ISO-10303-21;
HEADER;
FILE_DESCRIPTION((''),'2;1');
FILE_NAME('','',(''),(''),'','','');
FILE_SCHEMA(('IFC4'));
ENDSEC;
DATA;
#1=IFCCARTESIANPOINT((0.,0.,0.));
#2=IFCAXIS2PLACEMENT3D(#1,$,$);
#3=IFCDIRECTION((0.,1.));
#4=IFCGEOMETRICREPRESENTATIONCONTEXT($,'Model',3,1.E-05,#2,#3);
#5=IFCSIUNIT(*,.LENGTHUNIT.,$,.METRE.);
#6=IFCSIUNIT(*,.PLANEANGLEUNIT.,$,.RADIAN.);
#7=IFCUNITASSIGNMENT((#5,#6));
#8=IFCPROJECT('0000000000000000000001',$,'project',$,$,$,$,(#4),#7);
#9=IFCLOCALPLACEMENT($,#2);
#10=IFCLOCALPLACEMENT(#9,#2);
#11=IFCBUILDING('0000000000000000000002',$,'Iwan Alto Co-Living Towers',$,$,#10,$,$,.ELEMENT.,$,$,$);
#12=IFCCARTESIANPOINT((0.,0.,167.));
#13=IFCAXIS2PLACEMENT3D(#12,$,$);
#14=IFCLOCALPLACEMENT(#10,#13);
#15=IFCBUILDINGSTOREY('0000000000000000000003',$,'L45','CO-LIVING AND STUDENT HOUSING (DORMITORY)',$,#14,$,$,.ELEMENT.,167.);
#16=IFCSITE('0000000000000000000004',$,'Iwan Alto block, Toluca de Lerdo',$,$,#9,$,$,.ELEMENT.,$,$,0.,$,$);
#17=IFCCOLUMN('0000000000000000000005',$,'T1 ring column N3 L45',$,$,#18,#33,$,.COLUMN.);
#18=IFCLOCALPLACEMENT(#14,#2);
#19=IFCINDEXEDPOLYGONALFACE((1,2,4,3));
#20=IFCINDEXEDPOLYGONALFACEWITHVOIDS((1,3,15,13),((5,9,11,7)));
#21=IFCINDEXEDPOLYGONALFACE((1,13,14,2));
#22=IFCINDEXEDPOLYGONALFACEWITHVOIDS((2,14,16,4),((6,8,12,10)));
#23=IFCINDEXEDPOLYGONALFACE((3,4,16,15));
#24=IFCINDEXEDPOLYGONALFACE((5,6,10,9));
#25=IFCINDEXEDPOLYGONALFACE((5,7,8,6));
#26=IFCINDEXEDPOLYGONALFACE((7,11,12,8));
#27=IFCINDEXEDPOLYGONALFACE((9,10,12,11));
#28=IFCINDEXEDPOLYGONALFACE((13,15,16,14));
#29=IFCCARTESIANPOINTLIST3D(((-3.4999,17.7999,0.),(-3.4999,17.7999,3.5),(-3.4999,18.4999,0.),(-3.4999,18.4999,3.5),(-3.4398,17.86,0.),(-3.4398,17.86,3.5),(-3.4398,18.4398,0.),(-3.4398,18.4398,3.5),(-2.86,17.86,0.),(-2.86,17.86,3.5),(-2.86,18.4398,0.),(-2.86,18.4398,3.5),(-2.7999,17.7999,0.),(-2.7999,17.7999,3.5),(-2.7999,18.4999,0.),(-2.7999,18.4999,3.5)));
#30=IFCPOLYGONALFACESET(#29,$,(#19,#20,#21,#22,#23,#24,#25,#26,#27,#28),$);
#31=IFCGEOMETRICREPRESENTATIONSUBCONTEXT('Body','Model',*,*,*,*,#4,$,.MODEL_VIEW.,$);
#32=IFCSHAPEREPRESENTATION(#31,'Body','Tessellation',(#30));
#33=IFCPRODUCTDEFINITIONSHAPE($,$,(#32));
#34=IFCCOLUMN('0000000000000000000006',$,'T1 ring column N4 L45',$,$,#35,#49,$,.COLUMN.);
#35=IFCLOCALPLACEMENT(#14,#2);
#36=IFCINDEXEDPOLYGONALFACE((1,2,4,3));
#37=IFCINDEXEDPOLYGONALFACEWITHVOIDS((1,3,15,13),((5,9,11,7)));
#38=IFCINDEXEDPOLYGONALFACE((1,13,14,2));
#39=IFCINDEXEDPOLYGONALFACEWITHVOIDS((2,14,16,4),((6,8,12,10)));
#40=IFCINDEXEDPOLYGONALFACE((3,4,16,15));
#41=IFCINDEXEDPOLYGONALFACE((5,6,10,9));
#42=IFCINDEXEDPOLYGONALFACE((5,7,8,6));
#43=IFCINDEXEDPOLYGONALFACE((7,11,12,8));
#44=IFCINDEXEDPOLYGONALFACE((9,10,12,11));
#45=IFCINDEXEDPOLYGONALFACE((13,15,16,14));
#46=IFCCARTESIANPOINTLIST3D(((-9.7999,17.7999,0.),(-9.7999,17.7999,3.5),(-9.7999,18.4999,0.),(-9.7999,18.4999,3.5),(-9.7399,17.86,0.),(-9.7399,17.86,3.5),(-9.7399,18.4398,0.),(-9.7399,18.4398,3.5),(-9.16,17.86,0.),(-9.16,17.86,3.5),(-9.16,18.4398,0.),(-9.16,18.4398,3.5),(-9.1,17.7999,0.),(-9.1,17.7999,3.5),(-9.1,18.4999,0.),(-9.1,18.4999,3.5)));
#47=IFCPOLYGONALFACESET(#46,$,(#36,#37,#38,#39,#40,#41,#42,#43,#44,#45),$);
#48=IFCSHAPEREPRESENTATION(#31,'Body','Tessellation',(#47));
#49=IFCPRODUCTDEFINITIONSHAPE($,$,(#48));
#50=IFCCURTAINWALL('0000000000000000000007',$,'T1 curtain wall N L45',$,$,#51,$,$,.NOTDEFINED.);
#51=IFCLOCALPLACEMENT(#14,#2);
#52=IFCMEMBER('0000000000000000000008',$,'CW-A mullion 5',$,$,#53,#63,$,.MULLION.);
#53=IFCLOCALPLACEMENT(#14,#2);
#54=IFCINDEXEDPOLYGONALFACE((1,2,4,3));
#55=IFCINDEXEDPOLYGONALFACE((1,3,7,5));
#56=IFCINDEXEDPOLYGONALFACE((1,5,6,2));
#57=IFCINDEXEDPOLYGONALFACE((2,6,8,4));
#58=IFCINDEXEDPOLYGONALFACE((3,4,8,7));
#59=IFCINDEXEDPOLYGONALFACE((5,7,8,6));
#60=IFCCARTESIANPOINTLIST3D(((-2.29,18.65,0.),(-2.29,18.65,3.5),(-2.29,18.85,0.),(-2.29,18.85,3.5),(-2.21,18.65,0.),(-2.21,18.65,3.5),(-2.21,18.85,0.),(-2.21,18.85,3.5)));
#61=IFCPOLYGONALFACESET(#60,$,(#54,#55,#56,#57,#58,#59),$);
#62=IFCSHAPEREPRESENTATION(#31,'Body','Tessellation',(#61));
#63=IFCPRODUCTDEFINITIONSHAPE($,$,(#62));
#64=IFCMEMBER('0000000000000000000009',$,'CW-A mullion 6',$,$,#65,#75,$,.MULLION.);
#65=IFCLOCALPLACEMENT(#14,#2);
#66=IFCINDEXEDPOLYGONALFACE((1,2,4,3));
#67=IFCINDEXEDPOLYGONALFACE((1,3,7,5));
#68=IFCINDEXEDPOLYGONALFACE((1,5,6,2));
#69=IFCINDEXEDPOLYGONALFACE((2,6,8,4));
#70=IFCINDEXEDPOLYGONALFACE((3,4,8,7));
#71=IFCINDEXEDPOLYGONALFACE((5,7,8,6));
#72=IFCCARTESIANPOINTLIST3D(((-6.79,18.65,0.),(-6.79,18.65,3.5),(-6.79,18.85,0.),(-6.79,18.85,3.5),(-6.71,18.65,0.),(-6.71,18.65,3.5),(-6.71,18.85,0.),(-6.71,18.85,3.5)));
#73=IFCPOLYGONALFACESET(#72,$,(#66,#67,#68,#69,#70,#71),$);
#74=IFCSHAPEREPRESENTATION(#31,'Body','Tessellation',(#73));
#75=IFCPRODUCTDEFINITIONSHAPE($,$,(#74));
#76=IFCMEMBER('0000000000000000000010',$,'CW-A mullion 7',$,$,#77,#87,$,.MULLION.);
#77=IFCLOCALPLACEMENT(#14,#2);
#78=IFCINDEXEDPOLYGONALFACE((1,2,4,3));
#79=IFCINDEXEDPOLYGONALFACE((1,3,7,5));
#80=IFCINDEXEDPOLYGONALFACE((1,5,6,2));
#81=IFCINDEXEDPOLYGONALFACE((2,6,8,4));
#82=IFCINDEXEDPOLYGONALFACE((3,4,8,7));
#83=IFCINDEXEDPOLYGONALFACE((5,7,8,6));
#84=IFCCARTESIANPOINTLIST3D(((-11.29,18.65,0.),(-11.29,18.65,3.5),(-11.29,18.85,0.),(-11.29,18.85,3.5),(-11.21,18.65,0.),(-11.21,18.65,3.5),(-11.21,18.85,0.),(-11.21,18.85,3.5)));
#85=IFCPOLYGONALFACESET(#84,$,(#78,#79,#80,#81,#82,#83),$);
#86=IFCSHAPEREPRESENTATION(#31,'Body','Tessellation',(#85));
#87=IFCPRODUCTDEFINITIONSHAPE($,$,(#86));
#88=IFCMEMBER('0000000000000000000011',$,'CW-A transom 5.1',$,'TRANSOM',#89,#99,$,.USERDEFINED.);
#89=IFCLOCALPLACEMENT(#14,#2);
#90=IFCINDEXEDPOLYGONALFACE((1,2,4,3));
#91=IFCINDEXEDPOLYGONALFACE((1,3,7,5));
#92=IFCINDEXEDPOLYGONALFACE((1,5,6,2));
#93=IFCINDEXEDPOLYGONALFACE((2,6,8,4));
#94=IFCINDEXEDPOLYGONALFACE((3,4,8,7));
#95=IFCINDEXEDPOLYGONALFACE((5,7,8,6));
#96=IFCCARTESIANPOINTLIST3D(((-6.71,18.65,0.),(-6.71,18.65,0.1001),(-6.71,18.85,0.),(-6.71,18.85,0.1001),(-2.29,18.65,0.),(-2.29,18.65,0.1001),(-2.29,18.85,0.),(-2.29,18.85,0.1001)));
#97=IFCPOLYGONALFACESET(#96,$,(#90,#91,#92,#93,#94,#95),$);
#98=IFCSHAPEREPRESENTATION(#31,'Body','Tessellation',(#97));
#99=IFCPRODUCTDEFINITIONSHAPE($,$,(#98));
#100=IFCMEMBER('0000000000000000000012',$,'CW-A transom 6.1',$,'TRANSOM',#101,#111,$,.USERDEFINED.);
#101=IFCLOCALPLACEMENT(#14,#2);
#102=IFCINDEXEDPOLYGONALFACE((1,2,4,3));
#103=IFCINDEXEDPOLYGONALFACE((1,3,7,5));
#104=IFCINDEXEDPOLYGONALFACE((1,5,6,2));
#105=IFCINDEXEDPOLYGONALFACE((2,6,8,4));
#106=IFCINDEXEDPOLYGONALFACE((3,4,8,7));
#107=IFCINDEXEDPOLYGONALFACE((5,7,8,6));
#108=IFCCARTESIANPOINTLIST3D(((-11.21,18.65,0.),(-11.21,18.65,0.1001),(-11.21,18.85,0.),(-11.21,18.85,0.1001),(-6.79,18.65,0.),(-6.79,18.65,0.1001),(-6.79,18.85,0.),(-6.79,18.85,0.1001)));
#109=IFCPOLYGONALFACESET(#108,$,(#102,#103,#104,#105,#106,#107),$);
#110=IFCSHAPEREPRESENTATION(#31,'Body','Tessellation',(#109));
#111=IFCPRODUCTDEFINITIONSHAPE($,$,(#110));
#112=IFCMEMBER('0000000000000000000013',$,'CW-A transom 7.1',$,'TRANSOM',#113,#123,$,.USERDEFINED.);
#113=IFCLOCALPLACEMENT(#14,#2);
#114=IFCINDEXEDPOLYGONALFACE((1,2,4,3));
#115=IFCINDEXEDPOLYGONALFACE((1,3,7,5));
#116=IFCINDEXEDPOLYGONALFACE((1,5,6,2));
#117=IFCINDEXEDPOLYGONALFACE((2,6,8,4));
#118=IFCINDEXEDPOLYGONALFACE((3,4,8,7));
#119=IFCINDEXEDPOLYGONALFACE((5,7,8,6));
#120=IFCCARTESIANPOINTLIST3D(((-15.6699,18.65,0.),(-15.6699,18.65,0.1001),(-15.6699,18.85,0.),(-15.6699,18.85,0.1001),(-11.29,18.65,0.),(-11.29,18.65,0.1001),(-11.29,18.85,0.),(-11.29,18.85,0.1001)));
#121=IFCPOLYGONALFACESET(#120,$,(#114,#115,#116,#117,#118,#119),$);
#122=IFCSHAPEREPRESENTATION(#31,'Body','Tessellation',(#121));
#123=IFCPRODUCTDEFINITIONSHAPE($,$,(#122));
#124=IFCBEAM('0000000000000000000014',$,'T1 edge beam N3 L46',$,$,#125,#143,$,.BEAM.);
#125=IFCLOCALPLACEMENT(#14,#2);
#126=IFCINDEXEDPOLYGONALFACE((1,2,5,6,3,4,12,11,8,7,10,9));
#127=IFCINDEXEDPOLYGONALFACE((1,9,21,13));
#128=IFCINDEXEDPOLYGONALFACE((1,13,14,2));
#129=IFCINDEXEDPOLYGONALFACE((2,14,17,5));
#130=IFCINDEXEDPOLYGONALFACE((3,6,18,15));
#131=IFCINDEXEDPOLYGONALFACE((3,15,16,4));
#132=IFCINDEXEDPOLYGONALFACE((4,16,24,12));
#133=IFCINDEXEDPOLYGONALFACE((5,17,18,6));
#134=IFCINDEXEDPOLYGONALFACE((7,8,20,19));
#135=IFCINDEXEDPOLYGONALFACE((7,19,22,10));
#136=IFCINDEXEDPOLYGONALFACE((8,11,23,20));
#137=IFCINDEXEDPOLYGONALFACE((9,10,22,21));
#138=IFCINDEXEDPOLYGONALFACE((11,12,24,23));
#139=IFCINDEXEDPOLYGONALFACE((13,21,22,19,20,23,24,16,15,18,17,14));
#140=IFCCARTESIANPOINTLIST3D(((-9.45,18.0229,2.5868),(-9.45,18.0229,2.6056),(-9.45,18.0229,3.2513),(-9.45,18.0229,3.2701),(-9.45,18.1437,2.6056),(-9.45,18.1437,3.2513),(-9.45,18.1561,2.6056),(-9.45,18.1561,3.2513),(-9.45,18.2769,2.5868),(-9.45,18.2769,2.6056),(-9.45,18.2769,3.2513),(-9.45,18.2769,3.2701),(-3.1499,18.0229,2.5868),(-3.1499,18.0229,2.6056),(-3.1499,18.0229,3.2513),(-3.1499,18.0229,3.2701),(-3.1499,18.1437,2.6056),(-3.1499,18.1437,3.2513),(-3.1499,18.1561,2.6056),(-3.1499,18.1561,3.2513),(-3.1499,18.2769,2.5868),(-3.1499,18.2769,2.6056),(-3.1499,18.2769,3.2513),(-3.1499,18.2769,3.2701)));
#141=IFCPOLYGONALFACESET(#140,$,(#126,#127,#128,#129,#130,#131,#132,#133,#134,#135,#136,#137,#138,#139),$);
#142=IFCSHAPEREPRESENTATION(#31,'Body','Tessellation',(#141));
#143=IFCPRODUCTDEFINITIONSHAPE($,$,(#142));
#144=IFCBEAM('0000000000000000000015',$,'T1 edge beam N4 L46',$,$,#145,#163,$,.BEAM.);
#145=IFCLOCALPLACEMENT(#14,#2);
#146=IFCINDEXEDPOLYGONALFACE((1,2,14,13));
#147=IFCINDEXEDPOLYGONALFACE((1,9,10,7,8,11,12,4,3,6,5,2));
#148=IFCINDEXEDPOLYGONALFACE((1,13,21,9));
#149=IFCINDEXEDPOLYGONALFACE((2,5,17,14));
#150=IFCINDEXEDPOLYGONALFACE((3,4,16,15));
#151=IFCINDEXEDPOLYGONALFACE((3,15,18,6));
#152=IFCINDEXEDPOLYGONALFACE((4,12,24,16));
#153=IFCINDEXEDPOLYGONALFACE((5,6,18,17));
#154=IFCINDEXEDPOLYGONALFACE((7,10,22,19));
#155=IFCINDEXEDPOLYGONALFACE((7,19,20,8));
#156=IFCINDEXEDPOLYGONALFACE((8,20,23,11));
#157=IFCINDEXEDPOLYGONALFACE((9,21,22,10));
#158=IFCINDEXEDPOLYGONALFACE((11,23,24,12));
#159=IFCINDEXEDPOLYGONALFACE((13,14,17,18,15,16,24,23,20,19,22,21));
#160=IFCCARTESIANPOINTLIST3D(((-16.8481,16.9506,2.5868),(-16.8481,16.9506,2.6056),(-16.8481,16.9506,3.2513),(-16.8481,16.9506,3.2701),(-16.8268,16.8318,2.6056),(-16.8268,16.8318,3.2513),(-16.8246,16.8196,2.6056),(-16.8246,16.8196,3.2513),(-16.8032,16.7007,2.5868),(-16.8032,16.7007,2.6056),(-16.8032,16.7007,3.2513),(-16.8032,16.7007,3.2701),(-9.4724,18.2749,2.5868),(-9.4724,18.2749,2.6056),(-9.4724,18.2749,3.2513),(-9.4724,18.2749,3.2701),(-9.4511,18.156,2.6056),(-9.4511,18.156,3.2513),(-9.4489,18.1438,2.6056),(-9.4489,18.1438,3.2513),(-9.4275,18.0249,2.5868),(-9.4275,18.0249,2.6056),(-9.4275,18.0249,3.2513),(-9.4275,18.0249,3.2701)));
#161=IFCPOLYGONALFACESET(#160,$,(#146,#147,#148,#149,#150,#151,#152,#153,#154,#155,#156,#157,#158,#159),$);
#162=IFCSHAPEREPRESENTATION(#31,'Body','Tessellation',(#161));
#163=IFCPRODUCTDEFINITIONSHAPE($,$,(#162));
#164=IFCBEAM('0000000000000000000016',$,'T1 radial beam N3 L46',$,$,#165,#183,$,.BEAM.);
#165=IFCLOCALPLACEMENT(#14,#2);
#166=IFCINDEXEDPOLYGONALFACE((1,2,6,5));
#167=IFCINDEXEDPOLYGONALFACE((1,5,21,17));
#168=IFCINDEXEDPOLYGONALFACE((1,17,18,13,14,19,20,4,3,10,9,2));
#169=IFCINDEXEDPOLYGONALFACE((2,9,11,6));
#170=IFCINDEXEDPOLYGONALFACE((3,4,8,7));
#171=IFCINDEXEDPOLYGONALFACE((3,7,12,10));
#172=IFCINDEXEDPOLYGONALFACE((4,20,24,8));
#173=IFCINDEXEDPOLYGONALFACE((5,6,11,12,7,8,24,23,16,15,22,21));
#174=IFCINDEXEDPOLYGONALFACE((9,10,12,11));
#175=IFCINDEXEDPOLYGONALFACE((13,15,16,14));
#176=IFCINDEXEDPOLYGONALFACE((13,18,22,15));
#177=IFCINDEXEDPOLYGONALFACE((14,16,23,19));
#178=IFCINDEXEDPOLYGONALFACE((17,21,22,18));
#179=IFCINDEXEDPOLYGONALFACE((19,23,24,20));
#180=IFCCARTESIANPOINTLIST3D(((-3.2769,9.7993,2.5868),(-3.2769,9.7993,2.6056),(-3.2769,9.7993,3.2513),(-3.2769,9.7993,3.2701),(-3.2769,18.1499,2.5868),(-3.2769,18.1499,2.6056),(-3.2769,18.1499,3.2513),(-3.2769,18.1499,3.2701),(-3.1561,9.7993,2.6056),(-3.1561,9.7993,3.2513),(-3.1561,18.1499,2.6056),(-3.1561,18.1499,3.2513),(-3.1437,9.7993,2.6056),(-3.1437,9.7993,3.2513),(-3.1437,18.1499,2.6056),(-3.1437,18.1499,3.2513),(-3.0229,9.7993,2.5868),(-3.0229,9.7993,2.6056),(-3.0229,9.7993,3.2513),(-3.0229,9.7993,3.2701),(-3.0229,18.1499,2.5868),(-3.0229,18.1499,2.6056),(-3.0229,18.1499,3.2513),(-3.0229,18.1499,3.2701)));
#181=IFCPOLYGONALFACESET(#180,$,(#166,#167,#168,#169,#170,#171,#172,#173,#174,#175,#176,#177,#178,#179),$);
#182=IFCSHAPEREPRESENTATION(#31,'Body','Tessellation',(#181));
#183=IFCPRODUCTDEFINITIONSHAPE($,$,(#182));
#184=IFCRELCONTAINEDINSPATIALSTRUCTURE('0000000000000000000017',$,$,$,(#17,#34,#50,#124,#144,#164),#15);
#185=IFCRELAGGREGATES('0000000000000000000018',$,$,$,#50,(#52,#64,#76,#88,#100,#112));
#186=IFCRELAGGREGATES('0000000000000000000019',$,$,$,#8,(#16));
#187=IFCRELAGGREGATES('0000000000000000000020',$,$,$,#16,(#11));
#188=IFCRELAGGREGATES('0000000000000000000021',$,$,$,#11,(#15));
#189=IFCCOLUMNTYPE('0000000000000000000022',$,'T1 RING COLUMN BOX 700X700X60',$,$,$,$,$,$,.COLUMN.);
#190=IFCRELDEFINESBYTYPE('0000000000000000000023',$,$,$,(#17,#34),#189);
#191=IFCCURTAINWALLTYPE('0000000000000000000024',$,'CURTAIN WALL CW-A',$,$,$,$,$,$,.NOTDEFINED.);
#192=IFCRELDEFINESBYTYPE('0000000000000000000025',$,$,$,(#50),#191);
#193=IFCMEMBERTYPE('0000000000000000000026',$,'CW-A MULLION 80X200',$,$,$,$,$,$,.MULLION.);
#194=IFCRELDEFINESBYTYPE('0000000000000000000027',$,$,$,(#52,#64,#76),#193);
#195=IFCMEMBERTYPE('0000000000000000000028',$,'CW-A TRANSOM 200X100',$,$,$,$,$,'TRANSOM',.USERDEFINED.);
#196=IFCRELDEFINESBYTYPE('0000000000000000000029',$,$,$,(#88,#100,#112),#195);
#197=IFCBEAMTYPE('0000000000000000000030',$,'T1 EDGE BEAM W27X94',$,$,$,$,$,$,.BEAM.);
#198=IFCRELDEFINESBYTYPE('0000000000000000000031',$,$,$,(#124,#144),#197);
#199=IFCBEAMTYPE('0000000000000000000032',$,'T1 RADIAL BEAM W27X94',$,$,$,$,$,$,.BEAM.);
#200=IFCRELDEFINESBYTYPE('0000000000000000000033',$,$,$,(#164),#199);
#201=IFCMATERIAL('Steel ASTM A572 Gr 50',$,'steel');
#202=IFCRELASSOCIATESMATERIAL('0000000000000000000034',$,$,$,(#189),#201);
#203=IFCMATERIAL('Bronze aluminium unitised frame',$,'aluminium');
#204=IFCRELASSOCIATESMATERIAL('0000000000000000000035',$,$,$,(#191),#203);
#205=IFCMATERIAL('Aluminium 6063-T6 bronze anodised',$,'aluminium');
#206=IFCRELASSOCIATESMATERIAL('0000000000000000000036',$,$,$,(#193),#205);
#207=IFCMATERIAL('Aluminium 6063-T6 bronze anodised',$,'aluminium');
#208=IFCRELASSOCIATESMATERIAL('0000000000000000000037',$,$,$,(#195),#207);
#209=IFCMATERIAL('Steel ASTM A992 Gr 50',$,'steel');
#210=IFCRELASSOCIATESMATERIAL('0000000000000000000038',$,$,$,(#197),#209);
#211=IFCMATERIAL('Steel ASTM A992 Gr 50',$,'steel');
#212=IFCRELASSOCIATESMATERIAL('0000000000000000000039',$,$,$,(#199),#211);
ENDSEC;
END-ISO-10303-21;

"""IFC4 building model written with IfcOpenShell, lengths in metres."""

from ifc_helpers import new_model, si_unit, direction, frame, origin, origin_2d, place, context, subcontext, project, spatial, rectangle, hollow_rectangle, i_section, extrude, material, material_profile, profile_set, type_object, element, aggregate, save


model = new_model("IFC4")

# Units and contexts
model_context = context("Model", 3, precision=1e-05, world=origin(), true_north=direction((0.0, 1.0)))
body_context = subcontext(model_context, "Body", "Model", "MODEL_VIEW")
ifc_project = project(units=[si_unit("LENGTHUNIT", "METRE"), si_unit("PLANEANGLEUNIT", "RADIAN")], contexts=[model_context])

# Site, building, storey
site_placement = place(None, origin())
site = spatial("IfcSite", under=ifc_project, at=site_placement, Name="Iwan Alto block, Toluca de Lerdo", CompositionType="ELEMENT", RefElevation=0.0)
building_placement = place(site_placement, origin())
building = spatial("IfcBuilding", under=site, at=building_placement, Name="Iwan Alto Co-Living Towers", CompositionType="ELEMENT")
storey_placement = place(building_placement, frame((0.0, 0.0, 167.0)))
storey = spatial("IfcBuildingStorey", under=building, at=storey_placement, Name="L45", Description="CO-LIVING AND STUDENT HOUSING (DORMITORY)", CompositionType="ELEMENT", Elevation=167.0)

# Columns
ifc_material_1 = material(Name="Steel ASTM A572 Gr 50", Category="steel")
ifc_material_profile_1 = material_profile(ifc_material_1, hollow_rectangle(XDim=0.7, YDim=0.7, WallThickness=0.0601, at=origin_2d()), Name="BOX 700X700X60")
ifc_profile_set_1 = profile_set([ifc_material_profile_1], Name="Steel ASTM A572 Gr 50")
column_type = type_object("IfcColumnType", Name="T1 RING COLUMN BOX 700X700X60", PredefinedType="COLUMN", material=ifc_profile_set_1)
for number, where, z_axis, x_axis, name in (
    (1, (-3.1499, 18.1499, 0.0), (0.0, 0.0, 1.0), (1.0, 0.0, 0.0), "T1 ring column N3 L45"),
    (2, (-9.45, 18.1499, 0.0), (0.0, 0.0, 1.0), (1.0, 0.0, 0.0), "T1 ring column N4 L45"),
):
    element("IfcColumn", number, at=place(storey_placement, frame(where, z_axis=z_axis, x_axis=x_axis)), inside=storey, type_object=column_type, Name=name, PredefinedType="COLUMN", context=body_context, shape_type="SweptSolid", body=[
        extrude(hollow_rectangle(XDim=0.7, YDim=0.7, WallThickness=0.0601, at=origin_2d()), origin(), (0.0, 0.0, 1.0), 3.5),
    ])

# Curtain wall, members
ifc_material_2 = material(Name="Bronze aluminium unitised frame", Category="aluminium")
curtain_wall_type = type_object("IfcCurtainWallType", Name="CURTAIN WALL CW-A", PredefinedType="NOTDEFINED", material=ifc_material_2)
curtain_wall_placement = place(storey_placement, origin())
curtain_wall = element("IfcCurtainWall", 3, at=curtain_wall_placement, inside=storey, type_object=curtain_wall_type, Name="T1 curtain wall N L45", PredefinedType="NOTDEFINED")
ifc_material_3 = material(Name="Aluminium 6063-T6 bronze anodised", Category="aluminium")
ifc_material_profile_2 = material_profile(ifc_material_3, rectangle(XDim=0.2, YDim=0.0801, at=origin_2d()), Name="AL 80X200")
ifc_profile_set_2 = profile_set([ifc_material_profile_2], Name="Aluminium 6063-T6 bronze anodised")
member_type_1 = type_object("IfcMemberType", Name="CW-A MULLION 80X200", PredefinedType="MULLION", material=ifc_profile_set_2)
member_1_placement = place(storey_placement, frame((-2.25, 18.75, 0.0), z_axis=(0.0, 0.0, 1.0), x_axis=(0.0, -1.0, 0.0)))
member_1 = element("IfcMember", 4, at=member_1_placement, type_object=member_type_1, Name="CW-A mullion 5", PredefinedType="MULLION", context=body_context, shape_type="SweptSolid", body=[
    extrude(rectangle(XDim=0.2, YDim=0.0801, at=origin_2d()), origin(), (0.0, 0.0, 1.0), 3.5),
])
member_2_placement = place(storey_placement, frame((-6.75, 18.75, 0.0), z_axis=(0.0, 0.0, 1.0), x_axis=(0.0, -1.0, 0.0)))
member_2 = element("IfcMember", 5, at=member_2_placement, type_object=member_type_1, Name="CW-A mullion 6", PredefinedType="MULLION", context=body_context, shape_type="SweptSolid", body=[
    extrude(rectangle(XDim=0.2, YDim=0.0801, at=origin_2d()), origin(), (0.0, 0.0, 1.0), 3.5),
])
member_3_placement = place(storey_placement, frame((-11.25, 18.75, 0.0), z_axis=(0.0, 0.0, 1.0), x_axis=(0.0, -1.0, 0.0)))
member_3 = element("IfcMember", 6, at=member_3_placement, type_object=member_type_1, Name="CW-A mullion 7", PredefinedType="MULLION", context=body_context, shape_type="SweptSolid", body=[
    extrude(rectangle(XDim=0.2, YDim=0.0801, at=origin_2d()), origin(), (0.0, 0.0, 1.0), 3.5),
])
ifc_material_4 = material(Name="Aluminium 6063-T6 bronze anodised", Category="aluminium")
ifc_material_profile_3 = material_profile(ifc_material_4, rectangle(XDim=0.2, YDim=0.1001, at=origin_2d()), Name="AL 200X100")
ifc_profile_set_3 = profile_set([ifc_material_profile_3], Name="Aluminium 6063-T6 bronze anodised")
member_type_2 = type_object("IfcMemberType", Name="CW-A TRANSOM 200X100", ElementType="TRANSOM", PredefinedType="USERDEFINED", material=ifc_profile_set_3)
member_4_placement = place(storey_placement, frame((-2.29, 18.75, 0.05), z_axis=(-1.0, 0.0, 0.0), x_axis=(0.0, -1.0, 0.0)))
member_4 = element("IfcMember", 7, at=member_4_placement, type_object=member_type_2, Name="CW-A transom 5.1", ObjectType="TRANSOM", PredefinedType="USERDEFINED", context=body_context, shape_type="SweptSolid", body=[
    extrude(rectangle(XDim=0.2, YDim=0.1001, at=origin_2d()), origin(), (0.0, 0.0, 1.0), 4.4199),
])
member_5_placement = place(storey_placement, frame((-6.79, 18.75, 0.05), z_axis=(-1.0, 0.0, 0.0), x_axis=(0.0, -1.0, 0.0)))
member_5 = element("IfcMember", 8, at=member_5_placement, type_object=member_type_2, Name="CW-A transom 6.1", ObjectType="TRANSOM", PredefinedType="USERDEFINED", context=body_context, shape_type="SweptSolid", body=[
    extrude(rectangle(XDim=0.2, YDim=0.1001, at=origin_2d()), origin(), (0.0, 0.0, 1.0), 4.4199),
])
member_6_placement = place(storey_placement, frame((-11.29, 18.75, 0.05), z_axis=(-1.0, 0.0, 0.0), x_axis=(0.0, -1.0, 0.0)))
member_6 = element("IfcMember", 9, at=member_6_placement, type_object=member_type_2, Name="CW-A transom 7.1", ObjectType="TRANSOM", PredefinedType="USERDEFINED", context=body_context, shape_type="SweptSolid", body=[
    extrude(rectangle(XDim=0.2, YDim=0.1001, at=origin_2d()), origin(), (0.0, 0.0, 1.0), 4.3799),
])

# Beams
ifc_material_5 = material(Name="Steel ASTM A992 Gr 50", Category="steel")
ifc_material_profile_4 = material_profile(ifc_material_5, i_section(OverallWidth=0.2539, OverallDepth=0.6833, WebThickness=0.0125, FlangeThickness=0.0188, at=origin_2d()), Name="W27X94")
ifc_profile_set_4 = profile_set([ifc_material_profile_4], Name="Steel ASTM A992 Gr 50")
beam_type_1 = type_object("IfcBeamType", Name="T1 EDGE BEAM W27X94", PredefinedType="BEAM", material=ifc_profile_set_4)
beam_1_placement = place(storey_placement, frame((-3.1499, 18.1499, 2.9285), z_axis=(-1.0, 0.0, 0.0), x_axis=(0.0, -1.0, 0.0)))
element("IfcBeam", 10, at=beam_1_placement, inside=storey, type_object=beam_type_1, Name="T1 edge beam N3 L46", PredefinedType="BEAM", context=body_context, shape_type="SweptSolid", body=[
    extrude(i_section(OverallWidth=0.2539, OverallDepth=0.6833, WebThickness=0.0125, FlangeThickness=0.0188, at=origin_2d()), origin(), (0.0, 0.0, 1.0), 6.3),
])
beam_2_placement = place(storey_placement, frame((-9.45, 18.1499, 2.9285), z_axis=(-0.984263, -0.176712, 0.0), x_axis=(0.176712, -0.984263, 0.0)))
element("IfcBeam", 11, at=beam_2_placement, inside=storey, type_object=beam_type_1, Name="T1 edge beam N4 L46", PredefinedType="BEAM", context=body_context, shape_type="SweptSolid", body=[
    extrude(i_section(OverallWidth=0.2539, OverallDepth=0.6833, WebThickness=0.0125, FlangeThickness=0.0188, at=origin_2d()), origin(), (0.0, 0.0, 1.0), 7.4937),
])
ifc_material_6 = material(Name="Steel ASTM A992 Gr 50", Category="steel")
ifc_material_profile_5 = material_profile(ifc_material_6, i_section(OverallWidth=0.2539, OverallDepth=0.6833, WebThickness=0.0125, FlangeThickness=0.0188, at=origin_2d()), Name="W27X94")
ifc_profile_set_5 = profile_set([ifc_material_profile_5], Name="Steel ASTM A992 Gr 50")
beam_type_2 = type_object("IfcBeamType", Name="T1 RADIAL BEAM W27X94", PredefinedType="BEAM", material=ifc_profile_set_5)
for number, where, z_axis, x_axis, name in (
    (12, (-3.1499, 18.1499, 2.9285), (0.0, -1.0, 0.0), (1.0, 0.0, 0.0), "T1 radial beam N3 L46"),
):
    element("IfcBeam", number, at=place(storey_placement, frame(where, z_axis=z_axis, x_axis=x_axis)), inside=storey, type_object=beam_type_2, Name=name, PredefinedType="BEAM", context=body_context, shape_type="SweptSolid", body=[
        extrude(i_section(OverallWidth=0.2539, OverallDepth=0.6833, WebThickness=0.0125, FlangeThickness=0.0188, at=origin_2d()), origin(), (0.0, 0.0, 1.0), 8.3506),
    ])

aggregate(curtain_wall, [member_1, member_2, member_3, member_4, member_5, member_6])

save(model, "model.ifc")
